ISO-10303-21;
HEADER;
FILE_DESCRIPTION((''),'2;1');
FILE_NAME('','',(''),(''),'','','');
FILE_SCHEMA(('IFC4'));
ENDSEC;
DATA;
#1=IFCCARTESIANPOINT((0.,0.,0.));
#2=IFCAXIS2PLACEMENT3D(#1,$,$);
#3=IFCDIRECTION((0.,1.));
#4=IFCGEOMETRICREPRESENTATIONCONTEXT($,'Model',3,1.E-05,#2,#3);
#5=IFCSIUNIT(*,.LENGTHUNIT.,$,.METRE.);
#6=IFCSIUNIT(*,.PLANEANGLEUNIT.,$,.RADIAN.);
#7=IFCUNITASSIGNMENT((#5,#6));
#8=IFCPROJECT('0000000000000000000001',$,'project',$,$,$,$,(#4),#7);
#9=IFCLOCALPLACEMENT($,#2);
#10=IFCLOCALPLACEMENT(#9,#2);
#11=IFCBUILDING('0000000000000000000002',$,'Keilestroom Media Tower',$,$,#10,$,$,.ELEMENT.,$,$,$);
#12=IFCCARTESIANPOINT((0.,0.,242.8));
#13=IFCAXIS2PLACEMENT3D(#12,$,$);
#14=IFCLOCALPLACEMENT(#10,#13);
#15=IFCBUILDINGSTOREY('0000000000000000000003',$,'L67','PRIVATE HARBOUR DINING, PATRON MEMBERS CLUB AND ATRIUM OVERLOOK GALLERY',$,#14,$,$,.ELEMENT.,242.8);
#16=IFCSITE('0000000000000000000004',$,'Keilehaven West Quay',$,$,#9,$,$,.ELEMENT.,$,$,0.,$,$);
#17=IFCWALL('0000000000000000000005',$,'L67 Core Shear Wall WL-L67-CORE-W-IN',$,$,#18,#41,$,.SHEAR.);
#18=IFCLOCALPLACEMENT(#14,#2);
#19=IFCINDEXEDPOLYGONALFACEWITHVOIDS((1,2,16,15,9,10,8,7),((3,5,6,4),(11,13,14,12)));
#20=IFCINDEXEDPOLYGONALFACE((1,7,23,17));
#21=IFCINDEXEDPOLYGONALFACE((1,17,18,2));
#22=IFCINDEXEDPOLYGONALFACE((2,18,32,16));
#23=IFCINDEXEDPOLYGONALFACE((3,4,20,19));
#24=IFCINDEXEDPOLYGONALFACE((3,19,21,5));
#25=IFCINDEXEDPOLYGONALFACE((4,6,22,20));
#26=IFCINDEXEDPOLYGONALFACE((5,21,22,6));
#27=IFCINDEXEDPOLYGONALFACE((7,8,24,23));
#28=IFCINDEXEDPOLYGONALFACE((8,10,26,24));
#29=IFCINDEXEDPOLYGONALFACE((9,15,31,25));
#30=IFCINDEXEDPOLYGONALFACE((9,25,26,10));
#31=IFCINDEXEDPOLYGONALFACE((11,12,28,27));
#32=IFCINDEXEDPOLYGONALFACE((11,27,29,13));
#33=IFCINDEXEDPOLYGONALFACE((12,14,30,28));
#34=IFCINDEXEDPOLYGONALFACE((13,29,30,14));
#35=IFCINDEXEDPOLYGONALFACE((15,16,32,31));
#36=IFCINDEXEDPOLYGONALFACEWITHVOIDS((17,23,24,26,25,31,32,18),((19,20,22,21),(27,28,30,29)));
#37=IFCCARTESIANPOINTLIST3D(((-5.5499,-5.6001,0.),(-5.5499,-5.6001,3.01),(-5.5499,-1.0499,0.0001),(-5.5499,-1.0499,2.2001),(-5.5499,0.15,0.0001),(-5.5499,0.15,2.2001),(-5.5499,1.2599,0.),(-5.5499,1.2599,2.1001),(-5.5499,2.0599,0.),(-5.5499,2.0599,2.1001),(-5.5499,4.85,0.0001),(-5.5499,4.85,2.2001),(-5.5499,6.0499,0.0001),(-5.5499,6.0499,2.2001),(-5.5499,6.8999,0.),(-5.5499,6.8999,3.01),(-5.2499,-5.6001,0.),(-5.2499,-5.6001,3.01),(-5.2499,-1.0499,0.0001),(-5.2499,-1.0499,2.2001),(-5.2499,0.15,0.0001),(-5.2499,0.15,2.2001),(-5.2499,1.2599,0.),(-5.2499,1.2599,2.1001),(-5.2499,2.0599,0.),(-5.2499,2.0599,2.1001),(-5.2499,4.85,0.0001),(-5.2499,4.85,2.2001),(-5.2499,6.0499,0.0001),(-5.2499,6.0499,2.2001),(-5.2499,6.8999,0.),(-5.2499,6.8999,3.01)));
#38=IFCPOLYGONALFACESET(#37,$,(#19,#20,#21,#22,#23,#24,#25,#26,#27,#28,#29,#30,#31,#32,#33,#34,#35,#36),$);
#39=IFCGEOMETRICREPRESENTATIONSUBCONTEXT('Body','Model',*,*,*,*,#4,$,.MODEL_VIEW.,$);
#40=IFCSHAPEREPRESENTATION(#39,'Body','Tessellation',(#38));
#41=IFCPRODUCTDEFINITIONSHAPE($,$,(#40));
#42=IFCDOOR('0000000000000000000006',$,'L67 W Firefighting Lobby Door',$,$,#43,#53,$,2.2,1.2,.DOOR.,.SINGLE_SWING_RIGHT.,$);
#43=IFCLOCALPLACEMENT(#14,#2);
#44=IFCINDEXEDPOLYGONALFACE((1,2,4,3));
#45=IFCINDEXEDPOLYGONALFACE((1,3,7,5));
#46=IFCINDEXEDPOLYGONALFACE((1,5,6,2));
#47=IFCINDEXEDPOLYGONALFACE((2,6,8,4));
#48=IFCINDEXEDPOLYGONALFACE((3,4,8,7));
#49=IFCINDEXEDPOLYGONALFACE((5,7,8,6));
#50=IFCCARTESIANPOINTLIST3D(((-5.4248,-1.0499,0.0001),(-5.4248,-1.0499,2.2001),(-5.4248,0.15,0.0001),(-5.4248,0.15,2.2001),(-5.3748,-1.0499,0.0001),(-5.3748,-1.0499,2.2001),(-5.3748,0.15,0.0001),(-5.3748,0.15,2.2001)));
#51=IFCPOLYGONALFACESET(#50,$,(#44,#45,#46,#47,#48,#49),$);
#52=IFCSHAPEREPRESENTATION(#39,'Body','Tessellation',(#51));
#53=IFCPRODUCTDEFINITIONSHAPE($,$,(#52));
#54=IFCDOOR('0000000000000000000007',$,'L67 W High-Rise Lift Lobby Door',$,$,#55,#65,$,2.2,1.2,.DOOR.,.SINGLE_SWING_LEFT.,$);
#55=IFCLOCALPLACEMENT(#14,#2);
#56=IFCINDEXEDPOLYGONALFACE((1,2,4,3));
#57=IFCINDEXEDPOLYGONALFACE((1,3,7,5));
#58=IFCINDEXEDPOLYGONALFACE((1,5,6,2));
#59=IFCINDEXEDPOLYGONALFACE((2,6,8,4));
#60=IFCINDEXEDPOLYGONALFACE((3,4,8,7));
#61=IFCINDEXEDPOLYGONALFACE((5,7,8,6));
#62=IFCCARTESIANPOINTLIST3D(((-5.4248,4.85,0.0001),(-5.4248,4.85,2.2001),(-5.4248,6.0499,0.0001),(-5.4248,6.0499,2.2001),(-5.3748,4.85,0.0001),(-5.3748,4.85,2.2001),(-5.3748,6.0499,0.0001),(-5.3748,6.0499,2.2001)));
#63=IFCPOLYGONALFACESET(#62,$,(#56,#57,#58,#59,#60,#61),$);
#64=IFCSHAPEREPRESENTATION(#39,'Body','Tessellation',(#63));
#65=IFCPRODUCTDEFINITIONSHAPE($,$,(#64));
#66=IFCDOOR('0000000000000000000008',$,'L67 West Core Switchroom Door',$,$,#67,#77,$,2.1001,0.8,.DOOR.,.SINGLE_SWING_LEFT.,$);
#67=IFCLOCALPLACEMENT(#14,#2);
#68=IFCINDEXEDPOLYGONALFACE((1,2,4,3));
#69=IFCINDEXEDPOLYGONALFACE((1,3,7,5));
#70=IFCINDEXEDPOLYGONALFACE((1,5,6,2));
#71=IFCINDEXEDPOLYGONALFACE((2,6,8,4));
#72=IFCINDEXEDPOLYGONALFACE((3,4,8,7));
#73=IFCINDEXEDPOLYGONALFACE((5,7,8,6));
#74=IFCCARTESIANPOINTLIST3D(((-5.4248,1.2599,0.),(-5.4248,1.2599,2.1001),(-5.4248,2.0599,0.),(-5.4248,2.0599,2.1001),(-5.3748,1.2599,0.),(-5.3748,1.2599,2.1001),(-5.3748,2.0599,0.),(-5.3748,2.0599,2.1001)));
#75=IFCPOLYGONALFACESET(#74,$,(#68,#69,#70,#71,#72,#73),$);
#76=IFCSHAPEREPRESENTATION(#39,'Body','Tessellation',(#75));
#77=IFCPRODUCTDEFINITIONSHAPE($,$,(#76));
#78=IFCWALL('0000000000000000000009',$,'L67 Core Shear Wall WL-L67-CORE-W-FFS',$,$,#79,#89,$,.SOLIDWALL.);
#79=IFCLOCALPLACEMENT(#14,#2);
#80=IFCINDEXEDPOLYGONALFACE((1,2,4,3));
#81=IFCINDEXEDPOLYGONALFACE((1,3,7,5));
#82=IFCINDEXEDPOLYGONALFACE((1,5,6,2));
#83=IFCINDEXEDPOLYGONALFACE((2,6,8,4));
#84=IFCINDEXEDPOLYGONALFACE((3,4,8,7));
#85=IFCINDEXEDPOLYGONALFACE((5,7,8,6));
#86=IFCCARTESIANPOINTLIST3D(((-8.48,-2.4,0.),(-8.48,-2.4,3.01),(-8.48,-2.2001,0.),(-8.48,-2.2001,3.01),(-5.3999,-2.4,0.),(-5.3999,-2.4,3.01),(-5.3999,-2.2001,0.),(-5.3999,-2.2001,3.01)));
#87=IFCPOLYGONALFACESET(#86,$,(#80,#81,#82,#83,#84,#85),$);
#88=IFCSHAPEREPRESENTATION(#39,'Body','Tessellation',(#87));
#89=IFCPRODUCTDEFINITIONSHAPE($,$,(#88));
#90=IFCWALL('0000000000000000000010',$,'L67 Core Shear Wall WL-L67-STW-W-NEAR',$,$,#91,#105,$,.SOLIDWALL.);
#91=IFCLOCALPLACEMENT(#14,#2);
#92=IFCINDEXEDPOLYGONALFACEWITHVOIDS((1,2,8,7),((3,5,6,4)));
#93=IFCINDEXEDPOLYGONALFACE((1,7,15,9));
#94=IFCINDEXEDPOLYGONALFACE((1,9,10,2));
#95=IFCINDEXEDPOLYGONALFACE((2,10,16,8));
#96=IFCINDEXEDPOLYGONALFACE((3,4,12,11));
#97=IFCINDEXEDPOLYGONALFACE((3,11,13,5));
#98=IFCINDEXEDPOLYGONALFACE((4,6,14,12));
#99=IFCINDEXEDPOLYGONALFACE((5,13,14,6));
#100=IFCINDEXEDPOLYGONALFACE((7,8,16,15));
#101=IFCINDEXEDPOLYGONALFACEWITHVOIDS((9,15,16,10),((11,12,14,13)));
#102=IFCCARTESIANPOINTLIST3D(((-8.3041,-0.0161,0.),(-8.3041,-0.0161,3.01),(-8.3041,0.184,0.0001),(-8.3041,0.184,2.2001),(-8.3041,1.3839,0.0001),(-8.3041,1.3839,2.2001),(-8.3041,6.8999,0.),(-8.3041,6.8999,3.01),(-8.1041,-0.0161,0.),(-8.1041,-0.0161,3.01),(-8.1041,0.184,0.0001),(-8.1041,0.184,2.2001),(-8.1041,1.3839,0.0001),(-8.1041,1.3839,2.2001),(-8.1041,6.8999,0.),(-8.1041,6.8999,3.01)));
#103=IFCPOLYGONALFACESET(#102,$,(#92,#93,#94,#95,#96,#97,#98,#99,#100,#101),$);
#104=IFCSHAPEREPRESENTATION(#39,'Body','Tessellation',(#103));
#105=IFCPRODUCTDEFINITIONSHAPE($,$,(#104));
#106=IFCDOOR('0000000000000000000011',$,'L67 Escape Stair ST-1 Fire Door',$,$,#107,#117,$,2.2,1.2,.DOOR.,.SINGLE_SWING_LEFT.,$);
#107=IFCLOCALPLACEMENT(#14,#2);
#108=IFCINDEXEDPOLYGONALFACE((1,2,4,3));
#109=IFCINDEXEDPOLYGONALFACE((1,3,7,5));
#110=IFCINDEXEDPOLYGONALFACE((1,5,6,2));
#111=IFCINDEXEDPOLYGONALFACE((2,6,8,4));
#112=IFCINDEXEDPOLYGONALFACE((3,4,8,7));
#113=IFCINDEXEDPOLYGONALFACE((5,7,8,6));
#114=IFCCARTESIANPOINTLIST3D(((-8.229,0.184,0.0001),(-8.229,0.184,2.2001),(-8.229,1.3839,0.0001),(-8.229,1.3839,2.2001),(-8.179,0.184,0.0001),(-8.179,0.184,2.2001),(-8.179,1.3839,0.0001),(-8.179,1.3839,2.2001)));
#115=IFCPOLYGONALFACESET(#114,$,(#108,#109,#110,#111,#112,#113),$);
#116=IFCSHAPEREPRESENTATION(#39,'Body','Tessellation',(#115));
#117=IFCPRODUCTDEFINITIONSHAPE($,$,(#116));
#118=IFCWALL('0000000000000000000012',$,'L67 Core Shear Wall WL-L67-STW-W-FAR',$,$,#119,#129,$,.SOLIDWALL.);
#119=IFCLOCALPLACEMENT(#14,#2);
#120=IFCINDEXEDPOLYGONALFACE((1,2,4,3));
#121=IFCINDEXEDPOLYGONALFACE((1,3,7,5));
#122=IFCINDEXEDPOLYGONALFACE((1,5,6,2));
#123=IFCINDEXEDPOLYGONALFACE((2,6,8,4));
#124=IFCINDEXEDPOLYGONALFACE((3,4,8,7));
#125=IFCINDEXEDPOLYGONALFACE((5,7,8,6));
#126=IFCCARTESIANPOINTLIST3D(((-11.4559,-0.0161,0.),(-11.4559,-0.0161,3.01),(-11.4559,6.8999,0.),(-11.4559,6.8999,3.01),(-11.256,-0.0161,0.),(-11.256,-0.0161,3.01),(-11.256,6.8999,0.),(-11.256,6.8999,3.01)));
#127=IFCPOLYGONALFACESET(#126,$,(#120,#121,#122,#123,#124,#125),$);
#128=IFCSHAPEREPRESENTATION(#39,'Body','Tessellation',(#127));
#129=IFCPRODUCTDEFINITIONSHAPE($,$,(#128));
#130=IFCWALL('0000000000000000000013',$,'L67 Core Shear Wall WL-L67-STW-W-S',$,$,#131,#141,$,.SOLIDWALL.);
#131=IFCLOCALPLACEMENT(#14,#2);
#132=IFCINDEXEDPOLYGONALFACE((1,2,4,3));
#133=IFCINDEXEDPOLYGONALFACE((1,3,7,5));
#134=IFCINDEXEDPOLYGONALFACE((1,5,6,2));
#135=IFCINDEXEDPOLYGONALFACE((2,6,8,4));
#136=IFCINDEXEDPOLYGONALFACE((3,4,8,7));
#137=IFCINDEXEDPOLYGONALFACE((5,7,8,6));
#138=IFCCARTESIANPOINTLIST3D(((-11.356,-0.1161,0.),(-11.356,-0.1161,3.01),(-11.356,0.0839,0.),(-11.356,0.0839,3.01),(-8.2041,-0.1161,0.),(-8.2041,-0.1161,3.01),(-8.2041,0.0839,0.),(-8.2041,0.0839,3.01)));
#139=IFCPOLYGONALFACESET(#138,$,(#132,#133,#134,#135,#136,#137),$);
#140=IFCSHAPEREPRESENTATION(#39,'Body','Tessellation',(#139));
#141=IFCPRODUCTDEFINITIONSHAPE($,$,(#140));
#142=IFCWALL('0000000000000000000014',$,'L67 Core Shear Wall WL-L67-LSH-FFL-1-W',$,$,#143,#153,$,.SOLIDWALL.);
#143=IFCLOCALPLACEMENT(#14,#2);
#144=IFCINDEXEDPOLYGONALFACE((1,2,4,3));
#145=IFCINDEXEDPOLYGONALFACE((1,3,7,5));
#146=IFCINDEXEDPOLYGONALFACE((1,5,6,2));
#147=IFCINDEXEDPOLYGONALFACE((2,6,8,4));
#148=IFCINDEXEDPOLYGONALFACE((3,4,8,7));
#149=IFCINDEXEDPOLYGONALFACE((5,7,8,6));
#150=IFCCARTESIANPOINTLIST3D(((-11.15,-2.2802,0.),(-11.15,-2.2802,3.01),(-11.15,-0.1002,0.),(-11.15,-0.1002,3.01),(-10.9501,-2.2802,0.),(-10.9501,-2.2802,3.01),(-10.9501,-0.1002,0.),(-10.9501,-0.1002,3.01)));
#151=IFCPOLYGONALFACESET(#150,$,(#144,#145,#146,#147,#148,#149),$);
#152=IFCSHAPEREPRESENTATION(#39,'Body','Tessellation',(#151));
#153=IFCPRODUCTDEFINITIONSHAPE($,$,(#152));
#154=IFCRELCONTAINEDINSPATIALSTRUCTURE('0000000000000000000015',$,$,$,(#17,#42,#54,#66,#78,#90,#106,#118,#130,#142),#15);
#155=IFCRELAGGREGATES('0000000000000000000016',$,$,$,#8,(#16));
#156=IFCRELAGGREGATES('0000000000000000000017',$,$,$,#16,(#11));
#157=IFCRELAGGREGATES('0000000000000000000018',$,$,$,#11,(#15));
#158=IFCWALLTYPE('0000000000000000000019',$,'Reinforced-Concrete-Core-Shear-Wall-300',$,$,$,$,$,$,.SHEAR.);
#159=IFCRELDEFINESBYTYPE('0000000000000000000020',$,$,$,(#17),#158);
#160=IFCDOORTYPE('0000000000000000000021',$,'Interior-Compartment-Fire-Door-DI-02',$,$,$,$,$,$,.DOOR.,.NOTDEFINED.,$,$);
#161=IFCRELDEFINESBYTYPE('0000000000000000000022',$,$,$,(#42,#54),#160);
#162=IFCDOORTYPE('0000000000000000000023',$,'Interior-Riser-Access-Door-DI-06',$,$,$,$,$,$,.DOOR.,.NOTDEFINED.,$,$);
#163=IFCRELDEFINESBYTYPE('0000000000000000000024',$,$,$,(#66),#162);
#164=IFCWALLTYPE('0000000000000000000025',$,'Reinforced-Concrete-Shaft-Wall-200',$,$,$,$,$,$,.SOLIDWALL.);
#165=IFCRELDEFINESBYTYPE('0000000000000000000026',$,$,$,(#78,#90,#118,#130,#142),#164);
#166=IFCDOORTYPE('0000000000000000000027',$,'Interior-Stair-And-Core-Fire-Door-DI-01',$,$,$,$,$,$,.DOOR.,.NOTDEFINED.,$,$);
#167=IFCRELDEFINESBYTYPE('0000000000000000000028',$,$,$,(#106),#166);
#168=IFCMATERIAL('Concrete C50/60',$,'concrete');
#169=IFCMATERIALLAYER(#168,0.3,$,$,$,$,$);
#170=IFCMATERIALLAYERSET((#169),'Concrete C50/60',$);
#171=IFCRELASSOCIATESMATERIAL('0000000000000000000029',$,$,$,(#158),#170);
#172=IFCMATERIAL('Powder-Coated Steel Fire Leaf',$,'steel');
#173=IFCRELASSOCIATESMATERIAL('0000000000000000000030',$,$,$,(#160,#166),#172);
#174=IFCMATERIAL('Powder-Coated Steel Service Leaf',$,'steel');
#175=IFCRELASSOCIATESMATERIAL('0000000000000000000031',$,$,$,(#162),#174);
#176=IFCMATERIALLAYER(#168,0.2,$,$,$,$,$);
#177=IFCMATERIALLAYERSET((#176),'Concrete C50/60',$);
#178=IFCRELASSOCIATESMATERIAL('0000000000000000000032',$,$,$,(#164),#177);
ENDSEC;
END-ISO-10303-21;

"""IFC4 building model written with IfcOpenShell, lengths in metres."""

from ifc_helpers import new_model, si_unit, direction, frame, frame_2d, origin, place, context, subcontext, project, spatial, rectangle, extrude, source, transform, mapped, material, layer, layer_set, type_object, element, fill, save


model = new_model("IFC4")

# Units and contexts
model_context = context("Model", 3, precision=1e-05, world=origin(), true_north=direction((0.0, 1.0)))
body_context = subcontext(model_context, "Body", "Model", "MODEL_VIEW")
ifc_project = project(units=[si_unit("LENGTHUNIT", "METRE"), si_unit("PLANEANGLEUNIT", "RADIAN")], contexts=[model_context])

# Site, building, storey
site_placement = place(None, origin())
site = spatial("IfcSite", under=ifc_project, at=site_placement, Name="Keilehaven West Quay", CompositionType="ELEMENT", RefElevation=0.0)
building_placement = place(site_placement, origin())
building = spatial("IfcBuilding", under=site, at=building_placement, Name="Keilestroom Media Tower", CompositionType="ELEMENT")
storey_placement = place(building_placement, frame((0.0, 0.0, 242.8)))
storey = spatial("IfcBuildingStorey", under=building, at=storey_placement, Name="L67", Description="PRIVATE HARBOUR DINING, PATRON MEMBERS CLUB AND ATRIUM OVERLOOK GALLERY", CompositionType="ELEMENT", Elevation=242.8)

# Shared definitions
ifc_material_1 = material(Name="Concrete C50/60", Category="concrete")
ifc_layer_1 = layer(ifc_material_1, 0.3)
ifc_layer_set_1 = layer_set([ifc_layer_1], Name="Concrete C50/60")
wall_type_1 = type_object("IfcWallType", Name="Reinforced-Concrete-Core-Shear-Wall-300", PredefinedType="SHEAR", material=ifc_layer_set_1)

# Wall, openings, doors
wall_1_placement = place(storey_placement, frame((-5.3999, -5.6001, 0.0), z_axis=(0.0, 0.0, 1.0), x_axis=(0.0, 1.0, 0.0)))
wall_1 = element("IfcWall", 1, at=wall_1_placement, inside=storey, type_object=wall_type_1, Name="L67 Core Shear Wall WL-L67-CORE-W-IN", PredefinedType="SHEAR", context=body_context, shape_type="SweptSolid", body=[
    extrude(rectangle(XDim=12.5, YDim=0.3, at=frame_2d((6.25, 0.0))), origin(), (0.0, 0.0, 1.0), 3.01),
])
opening_1_placement = place(wall_1_placement, frame((4.55, 0.0, 0.0)))
opening_1 = element("IfcOpeningElement", 2, at=opening_1_placement, cuts=wall_1, PredefinedType="OPENING", context=body_context, shape_type="SweptSolid", body=[
    extrude(rectangle(XDim=1.2, YDim=2.2, at=frame_2d((0.6001, 1.1001))), frame((0.0, 0.1602, 0.0), z_axis=(0.0, -1.0, 0.0), x_axis=(1.0, 0.0, 0.0)), (0.0, 0.0, 1.0), 0.3201),
])
opening_2_placement = place(wall_1_placement, frame((10.45, 0.0, 0.0)))
opening_2 = element("IfcOpeningElement", 3, at=opening_2_placement, cuts=wall_1, PredefinedType="OPENING", context=body_context, shape_type="SweptSolid", body=[
    extrude(rectangle(XDim=1.2, YDim=2.2, at=frame_2d((0.6001, 1.1001))), frame((0.0, 0.1602, 0.0), z_axis=(0.0, -1.0, 0.0), x_axis=(1.0, 0.0, 0.0)), (0.0, 0.0, 1.0), 0.3201),
])
opening_3_placement = place(wall_1_placement, frame((6.8601, 0.0, 0.0)))
opening_3 = element("IfcOpeningElement", 4, at=opening_3_placement, cuts=wall_1, PredefinedType="OPENING", context=body_context, shape_type="SweptSolid", body=[
    extrude(rectangle(XDim=0.8, YDim=2.1001, at=frame_2d((0.3999, 1.05))), frame((0.0, 0.1602, 0.0), z_axis=(0.0, -1.0, 0.0), x_axis=(1.0, 0.0, 0.0)), (0.0, 0.0, 1.0), 0.3201),
])
ifc_material_2 = material(Name="Powder-Coated Steel Fire Leaf", Category="steel")
door_type_1 = type_object("IfcDoorType", Name="Interior-Compartment-Fire-Door-DI-02", OperationType="NOTDEFINED", PredefinedType="DOOR", material=ifc_material_2)
shared_shape_1 = source(origin(), body_context, "Body", "SweptSolid", [
    extrude(rectangle(XDim=1.2, YDim=2.2, at=frame_2d((0.6001, 1.1001))), frame((0.0, 0.0249, 0.0), z_axis=(0.0, -1.0, 0.0), x_axis=(1.0, 0.0, 0.0)), (0.0, 0.0, 1.0), 0.05),
])
door_1_placement = place(opening_1_placement, origin())
door_1 = element("IfcDoor", 5, at=door_1_placement, inside=storey, type_object=door_type_1, Name="L67 W Firefighting Lobby Door", OperationType="SINGLE_SWING_RIGHT", OverallHeight=2.2, OverallWidth=1.2, PredefinedType="DOOR", context=body_context, shape_type="MappedRepresentation", body=[
    mapped(shared_shape_1, transform((0.0, 0.0, 0.0), x_axis=(1.0, 0.0, 0.0), y_axis=(0.0, 1.0, 0.0), z_axis=(0.0, 0.0, 1.0), scale=1.0)),
])
fill(opening_1, door_1)
door_2_placement = place(opening_2_placement, origin())
door_2 = element("IfcDoor", 6, at=door_2_placement, inside=storey, type_object=door_type_1, Name="L67 W High-Rise Lift Lobby Door", OperationType="SINGLE_SWING_LEFT", OverallHeight=2.2, OverallWidth=1.2, PredefinedType="DOOR", context=body_context, shape_type="MappedRepresentation", body=[
    mapped(shared_shape_1, transform((0.0, 0.0, 0.0), x_axis=(1.0, 0.0, 0.0), y_axis=(0.0, 1.0, 0.0), z_axis=(0.0, 0.0, 1.0), scale=1.0)),
])
fill(opening_2, door_2)
ifc_material_3 = material(Name="Powder-Coated Steel Service Leaf", Category="steel")
door_type_2 = type_object("IfcDoorType", Name="Interior-Riser-Access-Door-DI-06", OperationType="NOTDEFINED", PredefinedType="DOOR", material=ifc_material_3)
shared_shape_2 = source(origin(), body_context, "Body", "SweptSolid", [
    extrude(rectangle(XDim=0.8, YDim=2.1001, at=frame_2d((0.3999, 1.05))), frame((0.0, 0.0249, 0.0), z_axis=(0.0, -1.0, 0.0), x_axis=(1.0, 0.0, 0.0)), (0.0, 0.0, 1.0), 0.05),
])
door_3_placement = place(opening_3_placement, origin())
door_3 = element("IfcDoor", 7, at=door_3_placement, inside=storey, type_object=door_type_2, Name="L67 West Core Switchroom Door", OperationType="SINGLE_SWING_LEFT", OverallHeight=2.1001, OverallWidth=0.8, PredefinedType="DOOR", context=body_context, shape_type="MappedRepresentation", body=[
    mapped(shared_shape_2, transform((0.0, 0.0, 0.0), x_axis=(1.0, 0.0, 0.0), y_axis=(0.0, 1.0, 0.0), z_axis=(0.0, 0.0, 1.0), scale=1.0)),
])
fill(opening_3, door_3)

# Wall
ifc_layer_2 = layer(ifc_material_1, 0.2)
ifc_layer_set_2 = layer_set([ifc_layer_2], Name="Concrete C50/60")
wall_type_2 = type_object("IfcWallType", Name="Reinforced-Concrete-Shaft-Wall-200", PredefinedType="SOLIDWALL", material=ifc_layer_set_2)
wall_2_placement = place(storey_placement, frame((-8.48, -2.3, 0.0), z_axis=(0.0, 0.0, 1.0), x_axis=(1.0, 0.0, 0.0)))
element("IfcWall", 8, at=wall_2_placement, inside=storey, type_object=wall_type_2, Name="L67 Core Shear Wall WL-L67-CORE-W-FFS", PredefinedType="SOLIDWALL", context=body_context, shape_type="SweptSolid", body=[
    extrude(rectangle(XDim=3.0801, YDim=0.2, at=frame_2d((1.54, 0.0))), origin(), (0.0, 0.0, 1.0), 3.01),
])

# Wall, opening, door
wall_3_placement = place(storey_placement, frame((-8.2041, -0.0161, 0.0), z_axis=(0.0, 0.0, 1.0), x_axis=(0.0, 1.0, 0.0)))
wall_3 = element("IfcWall", 9, at=wall_3_placement, inside=storey, type_object=wall_type_2, Name="L67 Core Shear Wall WL-L67-STW-W-NEAR", PredefinedType="SOLIDWALL", context=body_context, shape_type="SweptSolid", body=[
    extrude(rectangle(XDim=6.916, YDim=0.2, at=frame_2d((3.458, 0.0))), origin(), (0.0, 0.0, 1.0), 3.01),
])
opening_4_placement = place(wall_3_placement, frame((0.2, 0.0, 0.0)))
opening_4 = element("IfcOpeningElement", 10, at=opening_4_placement, cuts=wall_3, PredefinedType="OPENING", context=body_context, shape_type="SweptSolid", body=[
    extrude(rectangle(XDim=1.2, YDim=2.2, at=frame_2d((0.6001, 1.1001))), frame((0.0, 0.1099, 0.0), z_axis=(0.0, -1.0, 0.0), x_axis=(1.0, 0.0, 0.0)), (0.0, 0.0, 1.0), 0.22),
])
door_type_3 = type_object("IfcDoorType", Name="Interior-Stair-And-Core-Fire-Door-DI-01", OperationType="NOTDEFINED", PredefinedType="DOOR", material=ifc_material_2)
door_4_placement = place(opening_4_placement, origin())
door_4 = element("IfcDoor", 11, at=door_4_placement, inside=storey, type_object=door_type_3, Name="L67 Escape Stair ST-1 Fire Door", OperationType="SINGLE_SWING_LEFT", OverallHeight=2.2, OverallWidth=1.2, PredefinedType="DOOR", context=body_context, shape_type="MappedRepresentation", body=[
    mapped(shared_shape_1, transform((0.0, 0.0, 0.0), x_axis=(1.0, 0.0, 0.0), y_axis=(0.0, 1.0, 0.0), z_axis=(0.0, 0.0, 1.0), scale=1.0)),
])
fill(opening_4, door_4)

# Walls
wall_4_placement = place(storey_placement, frame((-11.356, -0.0161, 0.0), z_axis=(0.0, 0.0, 1.0), x_axis=(0.0, 1.0, 0.0)))
element("IfcWall", 12, at=wall_4_placement, inside=storey, type_object=wall_type_2, Name="L67 Core Shear Wall WL-L67-STW-W-FAR", PredefinedType="SOLIDWALL", context=body_context, shape_type="SweptSolid", body=[
    extrude(rectangle(XDim=6.916, YDim=0.2, at=frame_2d((3.458, 0.0))), origin(), (0.0, 0.0, 1.0), 3.01),
])
wall_5_placement = place(storey_placement, frame((-11.356, -0.0161, 0.0), z_axis=(0.0, 0.0, 1.0), x_axis=(1.0, 0.0, 0.0)))
element("IfcWall", 13, at=wall_5_placement, inside=storey, type_object=wall_type_2, Name="L67 Core Shear Wall WL-L67-STW-W-S", PredefinedType="SOLIDWALL", context=body_context, shape_type="SweptSolid", body=[
    extrude(rectangle(XDim=3.1519, YDim=0.2, at=frame_2d((1.5759, 0.0))), origin(), (0.0, 0.0, 1.0), 3.01),
])
wall_6_placement = place(storey_placement, frame((-11.05, -2.28, 0.0), z_axis=(0.0, 0.0, 1.0), x_axis=(0.0, 1.0, 0.0)))
element("IfcWall", 14, at=wall_6_placement, inside=storey, type_object=wall_type_2, Name="L67 Core Shear Wall WL-L67-LSH-FFL-1-W", PredefinedType="SOLIDWALL", context=body_context, shape_type="SweptSolid", body=[
    extrude(rectangle(XDim=2.1799, YDim=0.2, at=frame_2d((1.0898, 0.0))), origin(), (0.0, 0.0, 1.0), 3.01),
])

save(model, "model.ifc")
